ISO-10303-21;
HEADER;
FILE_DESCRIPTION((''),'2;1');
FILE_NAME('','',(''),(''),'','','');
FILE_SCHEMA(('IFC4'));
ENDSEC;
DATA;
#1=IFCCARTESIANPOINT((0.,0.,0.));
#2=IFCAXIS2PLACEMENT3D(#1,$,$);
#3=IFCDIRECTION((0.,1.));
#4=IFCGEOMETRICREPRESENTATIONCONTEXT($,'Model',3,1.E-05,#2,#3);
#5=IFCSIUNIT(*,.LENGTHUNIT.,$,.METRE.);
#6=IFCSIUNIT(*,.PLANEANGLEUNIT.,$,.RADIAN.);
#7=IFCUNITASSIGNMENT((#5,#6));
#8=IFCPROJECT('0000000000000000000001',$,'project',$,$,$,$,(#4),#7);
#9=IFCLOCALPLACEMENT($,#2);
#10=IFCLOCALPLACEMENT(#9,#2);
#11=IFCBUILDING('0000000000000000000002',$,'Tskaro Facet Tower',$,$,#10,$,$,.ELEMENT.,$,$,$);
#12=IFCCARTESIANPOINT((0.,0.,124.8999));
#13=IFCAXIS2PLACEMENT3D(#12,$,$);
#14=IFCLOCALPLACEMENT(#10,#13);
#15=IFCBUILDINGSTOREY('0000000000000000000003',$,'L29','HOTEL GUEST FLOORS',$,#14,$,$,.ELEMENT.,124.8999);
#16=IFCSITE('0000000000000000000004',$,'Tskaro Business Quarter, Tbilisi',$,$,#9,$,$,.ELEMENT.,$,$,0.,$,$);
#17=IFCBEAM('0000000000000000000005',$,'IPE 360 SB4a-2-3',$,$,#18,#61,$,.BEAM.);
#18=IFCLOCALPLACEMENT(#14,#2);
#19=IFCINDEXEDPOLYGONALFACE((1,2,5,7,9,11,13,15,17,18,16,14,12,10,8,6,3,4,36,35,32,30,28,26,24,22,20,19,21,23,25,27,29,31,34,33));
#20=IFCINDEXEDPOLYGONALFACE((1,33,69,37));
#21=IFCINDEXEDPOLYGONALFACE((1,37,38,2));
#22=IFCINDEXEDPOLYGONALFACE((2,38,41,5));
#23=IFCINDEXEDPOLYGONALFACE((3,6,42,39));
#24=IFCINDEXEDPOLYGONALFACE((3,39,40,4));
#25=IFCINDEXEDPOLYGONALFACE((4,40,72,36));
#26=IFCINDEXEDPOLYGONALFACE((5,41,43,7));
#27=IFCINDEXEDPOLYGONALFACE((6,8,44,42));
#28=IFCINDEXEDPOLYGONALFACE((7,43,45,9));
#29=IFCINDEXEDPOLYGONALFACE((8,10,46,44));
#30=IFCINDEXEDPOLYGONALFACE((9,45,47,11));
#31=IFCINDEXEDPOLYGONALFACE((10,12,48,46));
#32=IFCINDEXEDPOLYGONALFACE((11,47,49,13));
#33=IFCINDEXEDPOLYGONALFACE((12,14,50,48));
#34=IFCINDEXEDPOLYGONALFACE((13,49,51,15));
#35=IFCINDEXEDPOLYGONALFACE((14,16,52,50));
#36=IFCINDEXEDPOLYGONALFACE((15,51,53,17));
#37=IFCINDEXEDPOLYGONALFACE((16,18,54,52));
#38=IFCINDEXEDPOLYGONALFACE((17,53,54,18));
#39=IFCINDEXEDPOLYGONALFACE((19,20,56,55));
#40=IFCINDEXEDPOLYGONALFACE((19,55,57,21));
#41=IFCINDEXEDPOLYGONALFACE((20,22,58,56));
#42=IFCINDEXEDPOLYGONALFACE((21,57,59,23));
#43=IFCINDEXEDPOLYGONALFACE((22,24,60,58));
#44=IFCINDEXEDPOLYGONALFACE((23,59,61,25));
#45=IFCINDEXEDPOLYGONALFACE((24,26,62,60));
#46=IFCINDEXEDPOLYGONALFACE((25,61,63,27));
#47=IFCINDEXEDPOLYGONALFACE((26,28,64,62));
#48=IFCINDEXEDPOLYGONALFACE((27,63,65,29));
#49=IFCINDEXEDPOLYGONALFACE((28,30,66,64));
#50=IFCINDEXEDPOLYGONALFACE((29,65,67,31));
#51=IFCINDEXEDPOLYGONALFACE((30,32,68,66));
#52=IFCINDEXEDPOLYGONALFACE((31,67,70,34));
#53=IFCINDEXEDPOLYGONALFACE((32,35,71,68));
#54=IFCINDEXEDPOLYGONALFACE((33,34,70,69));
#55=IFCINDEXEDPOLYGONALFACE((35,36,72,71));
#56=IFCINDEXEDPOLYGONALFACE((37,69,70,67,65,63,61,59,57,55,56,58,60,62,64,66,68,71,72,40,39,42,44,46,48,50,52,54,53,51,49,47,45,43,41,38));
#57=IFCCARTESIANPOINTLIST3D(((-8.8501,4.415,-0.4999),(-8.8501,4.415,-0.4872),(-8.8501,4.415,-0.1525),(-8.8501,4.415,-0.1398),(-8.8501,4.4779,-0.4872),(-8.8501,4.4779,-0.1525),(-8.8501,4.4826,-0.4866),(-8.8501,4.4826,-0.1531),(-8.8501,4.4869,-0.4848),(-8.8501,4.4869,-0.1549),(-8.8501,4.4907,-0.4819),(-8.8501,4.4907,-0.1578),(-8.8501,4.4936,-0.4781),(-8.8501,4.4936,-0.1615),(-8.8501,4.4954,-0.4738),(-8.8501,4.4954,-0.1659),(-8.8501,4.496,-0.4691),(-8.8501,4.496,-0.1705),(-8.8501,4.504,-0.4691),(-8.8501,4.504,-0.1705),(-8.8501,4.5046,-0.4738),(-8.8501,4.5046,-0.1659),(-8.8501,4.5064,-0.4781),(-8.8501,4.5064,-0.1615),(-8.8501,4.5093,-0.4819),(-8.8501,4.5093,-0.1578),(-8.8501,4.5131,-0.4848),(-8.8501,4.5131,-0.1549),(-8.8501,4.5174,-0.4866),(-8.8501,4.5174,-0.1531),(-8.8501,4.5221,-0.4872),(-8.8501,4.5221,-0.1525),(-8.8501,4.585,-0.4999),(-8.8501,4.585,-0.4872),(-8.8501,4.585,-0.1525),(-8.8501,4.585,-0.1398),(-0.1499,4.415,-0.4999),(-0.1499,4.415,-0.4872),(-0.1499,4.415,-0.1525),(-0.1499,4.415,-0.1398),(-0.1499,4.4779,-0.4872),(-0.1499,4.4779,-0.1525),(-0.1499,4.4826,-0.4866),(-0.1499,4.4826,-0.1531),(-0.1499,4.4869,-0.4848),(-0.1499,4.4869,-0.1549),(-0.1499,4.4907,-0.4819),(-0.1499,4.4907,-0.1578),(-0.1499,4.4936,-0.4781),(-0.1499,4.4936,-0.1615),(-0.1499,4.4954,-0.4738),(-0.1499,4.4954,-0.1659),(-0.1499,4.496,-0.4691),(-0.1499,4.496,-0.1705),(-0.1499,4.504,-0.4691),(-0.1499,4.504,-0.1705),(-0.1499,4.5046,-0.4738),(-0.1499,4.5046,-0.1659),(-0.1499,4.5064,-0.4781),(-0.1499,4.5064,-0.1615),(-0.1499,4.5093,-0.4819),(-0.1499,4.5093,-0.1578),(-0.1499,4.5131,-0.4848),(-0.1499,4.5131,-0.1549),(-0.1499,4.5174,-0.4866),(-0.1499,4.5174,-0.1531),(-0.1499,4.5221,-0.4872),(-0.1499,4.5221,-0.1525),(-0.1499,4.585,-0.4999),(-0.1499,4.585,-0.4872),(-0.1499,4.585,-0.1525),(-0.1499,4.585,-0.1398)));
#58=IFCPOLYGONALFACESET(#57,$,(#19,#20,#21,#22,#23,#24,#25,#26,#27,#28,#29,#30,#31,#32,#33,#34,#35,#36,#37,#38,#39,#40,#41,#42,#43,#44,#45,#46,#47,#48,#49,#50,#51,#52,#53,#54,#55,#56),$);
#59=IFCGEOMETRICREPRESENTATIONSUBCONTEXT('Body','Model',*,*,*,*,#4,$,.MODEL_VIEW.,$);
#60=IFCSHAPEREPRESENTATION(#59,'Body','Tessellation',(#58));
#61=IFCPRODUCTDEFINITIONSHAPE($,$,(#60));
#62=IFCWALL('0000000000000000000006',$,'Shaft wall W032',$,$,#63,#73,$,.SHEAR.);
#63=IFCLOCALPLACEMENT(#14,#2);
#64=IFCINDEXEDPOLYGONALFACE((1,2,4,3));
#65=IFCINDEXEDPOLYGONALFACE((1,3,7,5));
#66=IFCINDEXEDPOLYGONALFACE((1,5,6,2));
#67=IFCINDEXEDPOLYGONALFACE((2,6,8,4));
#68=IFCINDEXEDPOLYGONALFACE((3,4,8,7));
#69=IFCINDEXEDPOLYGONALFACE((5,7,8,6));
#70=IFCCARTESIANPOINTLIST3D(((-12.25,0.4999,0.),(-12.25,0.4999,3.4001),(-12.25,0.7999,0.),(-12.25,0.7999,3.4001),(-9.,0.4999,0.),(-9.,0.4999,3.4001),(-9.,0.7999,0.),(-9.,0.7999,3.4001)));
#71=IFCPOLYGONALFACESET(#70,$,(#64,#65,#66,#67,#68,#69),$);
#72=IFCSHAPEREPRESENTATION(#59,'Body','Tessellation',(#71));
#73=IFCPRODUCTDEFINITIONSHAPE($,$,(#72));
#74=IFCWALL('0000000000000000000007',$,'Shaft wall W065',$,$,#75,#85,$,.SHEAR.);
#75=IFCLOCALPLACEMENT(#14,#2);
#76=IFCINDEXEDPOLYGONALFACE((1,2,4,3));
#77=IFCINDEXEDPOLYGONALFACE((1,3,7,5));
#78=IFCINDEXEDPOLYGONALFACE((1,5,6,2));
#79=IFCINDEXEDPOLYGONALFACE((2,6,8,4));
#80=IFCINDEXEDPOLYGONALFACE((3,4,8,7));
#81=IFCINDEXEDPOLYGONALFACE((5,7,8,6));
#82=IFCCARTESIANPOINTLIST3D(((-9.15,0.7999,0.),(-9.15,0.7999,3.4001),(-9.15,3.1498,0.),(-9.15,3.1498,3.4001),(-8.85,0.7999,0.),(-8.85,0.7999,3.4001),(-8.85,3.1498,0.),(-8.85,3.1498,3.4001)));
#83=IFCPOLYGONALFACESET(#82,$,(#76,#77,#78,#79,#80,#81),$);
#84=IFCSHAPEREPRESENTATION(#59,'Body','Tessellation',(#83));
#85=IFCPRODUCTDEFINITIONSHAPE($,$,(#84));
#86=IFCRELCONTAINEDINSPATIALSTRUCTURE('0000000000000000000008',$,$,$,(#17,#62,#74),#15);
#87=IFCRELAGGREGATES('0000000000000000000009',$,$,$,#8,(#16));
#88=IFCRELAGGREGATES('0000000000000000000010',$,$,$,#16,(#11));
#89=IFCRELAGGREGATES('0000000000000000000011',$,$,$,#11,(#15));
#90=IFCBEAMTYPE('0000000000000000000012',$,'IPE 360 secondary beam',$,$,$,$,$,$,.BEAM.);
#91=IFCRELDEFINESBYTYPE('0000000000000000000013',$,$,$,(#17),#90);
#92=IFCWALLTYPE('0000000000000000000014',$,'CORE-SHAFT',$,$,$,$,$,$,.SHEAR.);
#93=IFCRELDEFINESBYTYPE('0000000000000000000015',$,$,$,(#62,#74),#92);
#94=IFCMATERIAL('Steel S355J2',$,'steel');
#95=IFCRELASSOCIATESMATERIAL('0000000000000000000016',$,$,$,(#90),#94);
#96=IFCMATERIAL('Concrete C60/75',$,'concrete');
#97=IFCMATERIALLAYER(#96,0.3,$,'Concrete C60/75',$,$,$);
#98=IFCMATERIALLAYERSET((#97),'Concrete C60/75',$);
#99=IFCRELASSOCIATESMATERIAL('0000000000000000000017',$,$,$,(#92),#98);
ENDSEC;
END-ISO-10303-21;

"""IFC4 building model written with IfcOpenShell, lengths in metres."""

from ifc_helpers import new_model, si_unit, direction, frame, frame_2d, origin, origin_2d, place, context, subcontext, project, spatial, rectangle, i_section, extrude, material, layer, layer_set, material_profile, profile_set, type_object, element, save


model = new_model("IFC4")

# Units and contexts
model_context = context("Model", 3, precision=1e-05, world=origin(), true_north=direction((0.0, 1.0)))
body_context = subcontext(model_context, "Body", "Model", "MODEL_VIEW")
ifc_project = project(units=[si_unit("LENGTHUNIT", "METRE"), si_unit("PLANEANGLEUNIT", "RADIAN")], contexts=[model_context])

# Site, building, storey
site_placement = place(None, origin())
site = spatial("IfcSite", under=ifc_project, at=site_placement, Name="Tskaro Business Quarter, Tbilisi", CompositionType="ELEMENT", RefElevation=0.0)
building_placement = place(site_placement, origin())
building = spatial("IfcBuilding", under=site, at=building_placement, Name="Tskaro Facet Tower", CompositionType="ELEMENT")
storey_placement = place(building_placement, frame((0.0, 0.0, 124.8999)))
storey = spatial("IfcBuildingStorey", under=building, at=storey_placement, Name="L29", Description="HOTEL GUEST FLOORS", CompositionType="ELEMENT", Elevation=124.8999)

# Beam
ifc_material_1 = material(Name="Steel S355J2", Category="steel")
ifc_material_profile_1 = material_profile(ifc_material_1, i_section(OverallWidth=0.1699, OverallDepth=0.3601, WebThickness=0.0081, FlangeThickness=0.0127, FilletRadius=0.0181, at=origin_2d()), Name="IPE 360")
ifc_profile_set_1 = profile_set([ifc_material_profile_1], Name="Steel S355J2")
beam_type_1 = type_object("IfcBeamType", Name="IPE 360 secondary beam", PredefinedType="BEAM", material=ifc_profile_set_1)
beam_1_placement = place(storey_placement, frame((-8.8501, 4.5, -0.3198), z_axis=(1.0, 0.0, 0.0), x_axis=(0.0, 1.0, 0.0)))
element("IfcBeam", 1, at=beam_1_placement, inside=storey, type_object=beam_type_1, Name="IPE 360 SB4a-2-3", PredefinedType="BEAM", context=body_context, shape_type="SweptSolid", body=[
    extrude(i_section(OverallWidth=0.1699, OverallDepth=0.3601, WebThickness=0.0081, FlangeThickness=0.0127, FilletRadius=0.0181, at=origin_2d()), origin(), (0.0, 0.0, 1.0), 8.7002),
])

# Walls
ifc_material_2 = material(Name="Concrete C60/75", Category="concrete")
ifc_layer_1 = layer(ifc_material_2, 0.3, Name="Concrete C60/75")
ifc_layer_set_1 = layer_set([ifc_layer_1], Name="Concrete C60/75")
wall_type_1 = type_object("IfcWallType", Name="CORE-SHAFT", PredefinedType="SHEAR", material=ifc_layer_set_1)
wall_1_placement = place(storey_placement, frame((-9.0, 0.6499, 0.0), z_axis=(0.0, 0.0, 1.0), x_axis=(-1.0, 0.0, 0.0)))
element("IfcWall", 2, at=wall_1_placement, inside=storey, type_object=wall_type_1, Name="Shaft wall W032", PredefinedType="SHEAR", context=body_context, shape_type="SweptSolid", body=[
    extrude(rectangle(XDim=3.25, YDim=0.3, at=frame_2d((1.625, 0.0))), origin(), (0.0, 0.0, 1.0), 3.4001),
])
wall_2_placement = place(storey_placement, frame((-9.0, 0.8, 0.0), z_axis=(0.0, 0.0, 1.0), x_axis=(0.0, 1.0, 0.0)))
element("IfcWall", 3, at=wall_2_placement, inside=storey, type_object=wall_type_1, Name="Shaft wall W065", PredefinedType="SHEAR", context=body_context, shape_type="SweptSolid", body=[
    extrude(rectangle(XDim=2.3499, YDim=0.3, at=frame_2d((1.1748, 0.0))), origin(), (0.0, 0.0, 1.0), 3.4001),
])

save(model, "model.ifc")
